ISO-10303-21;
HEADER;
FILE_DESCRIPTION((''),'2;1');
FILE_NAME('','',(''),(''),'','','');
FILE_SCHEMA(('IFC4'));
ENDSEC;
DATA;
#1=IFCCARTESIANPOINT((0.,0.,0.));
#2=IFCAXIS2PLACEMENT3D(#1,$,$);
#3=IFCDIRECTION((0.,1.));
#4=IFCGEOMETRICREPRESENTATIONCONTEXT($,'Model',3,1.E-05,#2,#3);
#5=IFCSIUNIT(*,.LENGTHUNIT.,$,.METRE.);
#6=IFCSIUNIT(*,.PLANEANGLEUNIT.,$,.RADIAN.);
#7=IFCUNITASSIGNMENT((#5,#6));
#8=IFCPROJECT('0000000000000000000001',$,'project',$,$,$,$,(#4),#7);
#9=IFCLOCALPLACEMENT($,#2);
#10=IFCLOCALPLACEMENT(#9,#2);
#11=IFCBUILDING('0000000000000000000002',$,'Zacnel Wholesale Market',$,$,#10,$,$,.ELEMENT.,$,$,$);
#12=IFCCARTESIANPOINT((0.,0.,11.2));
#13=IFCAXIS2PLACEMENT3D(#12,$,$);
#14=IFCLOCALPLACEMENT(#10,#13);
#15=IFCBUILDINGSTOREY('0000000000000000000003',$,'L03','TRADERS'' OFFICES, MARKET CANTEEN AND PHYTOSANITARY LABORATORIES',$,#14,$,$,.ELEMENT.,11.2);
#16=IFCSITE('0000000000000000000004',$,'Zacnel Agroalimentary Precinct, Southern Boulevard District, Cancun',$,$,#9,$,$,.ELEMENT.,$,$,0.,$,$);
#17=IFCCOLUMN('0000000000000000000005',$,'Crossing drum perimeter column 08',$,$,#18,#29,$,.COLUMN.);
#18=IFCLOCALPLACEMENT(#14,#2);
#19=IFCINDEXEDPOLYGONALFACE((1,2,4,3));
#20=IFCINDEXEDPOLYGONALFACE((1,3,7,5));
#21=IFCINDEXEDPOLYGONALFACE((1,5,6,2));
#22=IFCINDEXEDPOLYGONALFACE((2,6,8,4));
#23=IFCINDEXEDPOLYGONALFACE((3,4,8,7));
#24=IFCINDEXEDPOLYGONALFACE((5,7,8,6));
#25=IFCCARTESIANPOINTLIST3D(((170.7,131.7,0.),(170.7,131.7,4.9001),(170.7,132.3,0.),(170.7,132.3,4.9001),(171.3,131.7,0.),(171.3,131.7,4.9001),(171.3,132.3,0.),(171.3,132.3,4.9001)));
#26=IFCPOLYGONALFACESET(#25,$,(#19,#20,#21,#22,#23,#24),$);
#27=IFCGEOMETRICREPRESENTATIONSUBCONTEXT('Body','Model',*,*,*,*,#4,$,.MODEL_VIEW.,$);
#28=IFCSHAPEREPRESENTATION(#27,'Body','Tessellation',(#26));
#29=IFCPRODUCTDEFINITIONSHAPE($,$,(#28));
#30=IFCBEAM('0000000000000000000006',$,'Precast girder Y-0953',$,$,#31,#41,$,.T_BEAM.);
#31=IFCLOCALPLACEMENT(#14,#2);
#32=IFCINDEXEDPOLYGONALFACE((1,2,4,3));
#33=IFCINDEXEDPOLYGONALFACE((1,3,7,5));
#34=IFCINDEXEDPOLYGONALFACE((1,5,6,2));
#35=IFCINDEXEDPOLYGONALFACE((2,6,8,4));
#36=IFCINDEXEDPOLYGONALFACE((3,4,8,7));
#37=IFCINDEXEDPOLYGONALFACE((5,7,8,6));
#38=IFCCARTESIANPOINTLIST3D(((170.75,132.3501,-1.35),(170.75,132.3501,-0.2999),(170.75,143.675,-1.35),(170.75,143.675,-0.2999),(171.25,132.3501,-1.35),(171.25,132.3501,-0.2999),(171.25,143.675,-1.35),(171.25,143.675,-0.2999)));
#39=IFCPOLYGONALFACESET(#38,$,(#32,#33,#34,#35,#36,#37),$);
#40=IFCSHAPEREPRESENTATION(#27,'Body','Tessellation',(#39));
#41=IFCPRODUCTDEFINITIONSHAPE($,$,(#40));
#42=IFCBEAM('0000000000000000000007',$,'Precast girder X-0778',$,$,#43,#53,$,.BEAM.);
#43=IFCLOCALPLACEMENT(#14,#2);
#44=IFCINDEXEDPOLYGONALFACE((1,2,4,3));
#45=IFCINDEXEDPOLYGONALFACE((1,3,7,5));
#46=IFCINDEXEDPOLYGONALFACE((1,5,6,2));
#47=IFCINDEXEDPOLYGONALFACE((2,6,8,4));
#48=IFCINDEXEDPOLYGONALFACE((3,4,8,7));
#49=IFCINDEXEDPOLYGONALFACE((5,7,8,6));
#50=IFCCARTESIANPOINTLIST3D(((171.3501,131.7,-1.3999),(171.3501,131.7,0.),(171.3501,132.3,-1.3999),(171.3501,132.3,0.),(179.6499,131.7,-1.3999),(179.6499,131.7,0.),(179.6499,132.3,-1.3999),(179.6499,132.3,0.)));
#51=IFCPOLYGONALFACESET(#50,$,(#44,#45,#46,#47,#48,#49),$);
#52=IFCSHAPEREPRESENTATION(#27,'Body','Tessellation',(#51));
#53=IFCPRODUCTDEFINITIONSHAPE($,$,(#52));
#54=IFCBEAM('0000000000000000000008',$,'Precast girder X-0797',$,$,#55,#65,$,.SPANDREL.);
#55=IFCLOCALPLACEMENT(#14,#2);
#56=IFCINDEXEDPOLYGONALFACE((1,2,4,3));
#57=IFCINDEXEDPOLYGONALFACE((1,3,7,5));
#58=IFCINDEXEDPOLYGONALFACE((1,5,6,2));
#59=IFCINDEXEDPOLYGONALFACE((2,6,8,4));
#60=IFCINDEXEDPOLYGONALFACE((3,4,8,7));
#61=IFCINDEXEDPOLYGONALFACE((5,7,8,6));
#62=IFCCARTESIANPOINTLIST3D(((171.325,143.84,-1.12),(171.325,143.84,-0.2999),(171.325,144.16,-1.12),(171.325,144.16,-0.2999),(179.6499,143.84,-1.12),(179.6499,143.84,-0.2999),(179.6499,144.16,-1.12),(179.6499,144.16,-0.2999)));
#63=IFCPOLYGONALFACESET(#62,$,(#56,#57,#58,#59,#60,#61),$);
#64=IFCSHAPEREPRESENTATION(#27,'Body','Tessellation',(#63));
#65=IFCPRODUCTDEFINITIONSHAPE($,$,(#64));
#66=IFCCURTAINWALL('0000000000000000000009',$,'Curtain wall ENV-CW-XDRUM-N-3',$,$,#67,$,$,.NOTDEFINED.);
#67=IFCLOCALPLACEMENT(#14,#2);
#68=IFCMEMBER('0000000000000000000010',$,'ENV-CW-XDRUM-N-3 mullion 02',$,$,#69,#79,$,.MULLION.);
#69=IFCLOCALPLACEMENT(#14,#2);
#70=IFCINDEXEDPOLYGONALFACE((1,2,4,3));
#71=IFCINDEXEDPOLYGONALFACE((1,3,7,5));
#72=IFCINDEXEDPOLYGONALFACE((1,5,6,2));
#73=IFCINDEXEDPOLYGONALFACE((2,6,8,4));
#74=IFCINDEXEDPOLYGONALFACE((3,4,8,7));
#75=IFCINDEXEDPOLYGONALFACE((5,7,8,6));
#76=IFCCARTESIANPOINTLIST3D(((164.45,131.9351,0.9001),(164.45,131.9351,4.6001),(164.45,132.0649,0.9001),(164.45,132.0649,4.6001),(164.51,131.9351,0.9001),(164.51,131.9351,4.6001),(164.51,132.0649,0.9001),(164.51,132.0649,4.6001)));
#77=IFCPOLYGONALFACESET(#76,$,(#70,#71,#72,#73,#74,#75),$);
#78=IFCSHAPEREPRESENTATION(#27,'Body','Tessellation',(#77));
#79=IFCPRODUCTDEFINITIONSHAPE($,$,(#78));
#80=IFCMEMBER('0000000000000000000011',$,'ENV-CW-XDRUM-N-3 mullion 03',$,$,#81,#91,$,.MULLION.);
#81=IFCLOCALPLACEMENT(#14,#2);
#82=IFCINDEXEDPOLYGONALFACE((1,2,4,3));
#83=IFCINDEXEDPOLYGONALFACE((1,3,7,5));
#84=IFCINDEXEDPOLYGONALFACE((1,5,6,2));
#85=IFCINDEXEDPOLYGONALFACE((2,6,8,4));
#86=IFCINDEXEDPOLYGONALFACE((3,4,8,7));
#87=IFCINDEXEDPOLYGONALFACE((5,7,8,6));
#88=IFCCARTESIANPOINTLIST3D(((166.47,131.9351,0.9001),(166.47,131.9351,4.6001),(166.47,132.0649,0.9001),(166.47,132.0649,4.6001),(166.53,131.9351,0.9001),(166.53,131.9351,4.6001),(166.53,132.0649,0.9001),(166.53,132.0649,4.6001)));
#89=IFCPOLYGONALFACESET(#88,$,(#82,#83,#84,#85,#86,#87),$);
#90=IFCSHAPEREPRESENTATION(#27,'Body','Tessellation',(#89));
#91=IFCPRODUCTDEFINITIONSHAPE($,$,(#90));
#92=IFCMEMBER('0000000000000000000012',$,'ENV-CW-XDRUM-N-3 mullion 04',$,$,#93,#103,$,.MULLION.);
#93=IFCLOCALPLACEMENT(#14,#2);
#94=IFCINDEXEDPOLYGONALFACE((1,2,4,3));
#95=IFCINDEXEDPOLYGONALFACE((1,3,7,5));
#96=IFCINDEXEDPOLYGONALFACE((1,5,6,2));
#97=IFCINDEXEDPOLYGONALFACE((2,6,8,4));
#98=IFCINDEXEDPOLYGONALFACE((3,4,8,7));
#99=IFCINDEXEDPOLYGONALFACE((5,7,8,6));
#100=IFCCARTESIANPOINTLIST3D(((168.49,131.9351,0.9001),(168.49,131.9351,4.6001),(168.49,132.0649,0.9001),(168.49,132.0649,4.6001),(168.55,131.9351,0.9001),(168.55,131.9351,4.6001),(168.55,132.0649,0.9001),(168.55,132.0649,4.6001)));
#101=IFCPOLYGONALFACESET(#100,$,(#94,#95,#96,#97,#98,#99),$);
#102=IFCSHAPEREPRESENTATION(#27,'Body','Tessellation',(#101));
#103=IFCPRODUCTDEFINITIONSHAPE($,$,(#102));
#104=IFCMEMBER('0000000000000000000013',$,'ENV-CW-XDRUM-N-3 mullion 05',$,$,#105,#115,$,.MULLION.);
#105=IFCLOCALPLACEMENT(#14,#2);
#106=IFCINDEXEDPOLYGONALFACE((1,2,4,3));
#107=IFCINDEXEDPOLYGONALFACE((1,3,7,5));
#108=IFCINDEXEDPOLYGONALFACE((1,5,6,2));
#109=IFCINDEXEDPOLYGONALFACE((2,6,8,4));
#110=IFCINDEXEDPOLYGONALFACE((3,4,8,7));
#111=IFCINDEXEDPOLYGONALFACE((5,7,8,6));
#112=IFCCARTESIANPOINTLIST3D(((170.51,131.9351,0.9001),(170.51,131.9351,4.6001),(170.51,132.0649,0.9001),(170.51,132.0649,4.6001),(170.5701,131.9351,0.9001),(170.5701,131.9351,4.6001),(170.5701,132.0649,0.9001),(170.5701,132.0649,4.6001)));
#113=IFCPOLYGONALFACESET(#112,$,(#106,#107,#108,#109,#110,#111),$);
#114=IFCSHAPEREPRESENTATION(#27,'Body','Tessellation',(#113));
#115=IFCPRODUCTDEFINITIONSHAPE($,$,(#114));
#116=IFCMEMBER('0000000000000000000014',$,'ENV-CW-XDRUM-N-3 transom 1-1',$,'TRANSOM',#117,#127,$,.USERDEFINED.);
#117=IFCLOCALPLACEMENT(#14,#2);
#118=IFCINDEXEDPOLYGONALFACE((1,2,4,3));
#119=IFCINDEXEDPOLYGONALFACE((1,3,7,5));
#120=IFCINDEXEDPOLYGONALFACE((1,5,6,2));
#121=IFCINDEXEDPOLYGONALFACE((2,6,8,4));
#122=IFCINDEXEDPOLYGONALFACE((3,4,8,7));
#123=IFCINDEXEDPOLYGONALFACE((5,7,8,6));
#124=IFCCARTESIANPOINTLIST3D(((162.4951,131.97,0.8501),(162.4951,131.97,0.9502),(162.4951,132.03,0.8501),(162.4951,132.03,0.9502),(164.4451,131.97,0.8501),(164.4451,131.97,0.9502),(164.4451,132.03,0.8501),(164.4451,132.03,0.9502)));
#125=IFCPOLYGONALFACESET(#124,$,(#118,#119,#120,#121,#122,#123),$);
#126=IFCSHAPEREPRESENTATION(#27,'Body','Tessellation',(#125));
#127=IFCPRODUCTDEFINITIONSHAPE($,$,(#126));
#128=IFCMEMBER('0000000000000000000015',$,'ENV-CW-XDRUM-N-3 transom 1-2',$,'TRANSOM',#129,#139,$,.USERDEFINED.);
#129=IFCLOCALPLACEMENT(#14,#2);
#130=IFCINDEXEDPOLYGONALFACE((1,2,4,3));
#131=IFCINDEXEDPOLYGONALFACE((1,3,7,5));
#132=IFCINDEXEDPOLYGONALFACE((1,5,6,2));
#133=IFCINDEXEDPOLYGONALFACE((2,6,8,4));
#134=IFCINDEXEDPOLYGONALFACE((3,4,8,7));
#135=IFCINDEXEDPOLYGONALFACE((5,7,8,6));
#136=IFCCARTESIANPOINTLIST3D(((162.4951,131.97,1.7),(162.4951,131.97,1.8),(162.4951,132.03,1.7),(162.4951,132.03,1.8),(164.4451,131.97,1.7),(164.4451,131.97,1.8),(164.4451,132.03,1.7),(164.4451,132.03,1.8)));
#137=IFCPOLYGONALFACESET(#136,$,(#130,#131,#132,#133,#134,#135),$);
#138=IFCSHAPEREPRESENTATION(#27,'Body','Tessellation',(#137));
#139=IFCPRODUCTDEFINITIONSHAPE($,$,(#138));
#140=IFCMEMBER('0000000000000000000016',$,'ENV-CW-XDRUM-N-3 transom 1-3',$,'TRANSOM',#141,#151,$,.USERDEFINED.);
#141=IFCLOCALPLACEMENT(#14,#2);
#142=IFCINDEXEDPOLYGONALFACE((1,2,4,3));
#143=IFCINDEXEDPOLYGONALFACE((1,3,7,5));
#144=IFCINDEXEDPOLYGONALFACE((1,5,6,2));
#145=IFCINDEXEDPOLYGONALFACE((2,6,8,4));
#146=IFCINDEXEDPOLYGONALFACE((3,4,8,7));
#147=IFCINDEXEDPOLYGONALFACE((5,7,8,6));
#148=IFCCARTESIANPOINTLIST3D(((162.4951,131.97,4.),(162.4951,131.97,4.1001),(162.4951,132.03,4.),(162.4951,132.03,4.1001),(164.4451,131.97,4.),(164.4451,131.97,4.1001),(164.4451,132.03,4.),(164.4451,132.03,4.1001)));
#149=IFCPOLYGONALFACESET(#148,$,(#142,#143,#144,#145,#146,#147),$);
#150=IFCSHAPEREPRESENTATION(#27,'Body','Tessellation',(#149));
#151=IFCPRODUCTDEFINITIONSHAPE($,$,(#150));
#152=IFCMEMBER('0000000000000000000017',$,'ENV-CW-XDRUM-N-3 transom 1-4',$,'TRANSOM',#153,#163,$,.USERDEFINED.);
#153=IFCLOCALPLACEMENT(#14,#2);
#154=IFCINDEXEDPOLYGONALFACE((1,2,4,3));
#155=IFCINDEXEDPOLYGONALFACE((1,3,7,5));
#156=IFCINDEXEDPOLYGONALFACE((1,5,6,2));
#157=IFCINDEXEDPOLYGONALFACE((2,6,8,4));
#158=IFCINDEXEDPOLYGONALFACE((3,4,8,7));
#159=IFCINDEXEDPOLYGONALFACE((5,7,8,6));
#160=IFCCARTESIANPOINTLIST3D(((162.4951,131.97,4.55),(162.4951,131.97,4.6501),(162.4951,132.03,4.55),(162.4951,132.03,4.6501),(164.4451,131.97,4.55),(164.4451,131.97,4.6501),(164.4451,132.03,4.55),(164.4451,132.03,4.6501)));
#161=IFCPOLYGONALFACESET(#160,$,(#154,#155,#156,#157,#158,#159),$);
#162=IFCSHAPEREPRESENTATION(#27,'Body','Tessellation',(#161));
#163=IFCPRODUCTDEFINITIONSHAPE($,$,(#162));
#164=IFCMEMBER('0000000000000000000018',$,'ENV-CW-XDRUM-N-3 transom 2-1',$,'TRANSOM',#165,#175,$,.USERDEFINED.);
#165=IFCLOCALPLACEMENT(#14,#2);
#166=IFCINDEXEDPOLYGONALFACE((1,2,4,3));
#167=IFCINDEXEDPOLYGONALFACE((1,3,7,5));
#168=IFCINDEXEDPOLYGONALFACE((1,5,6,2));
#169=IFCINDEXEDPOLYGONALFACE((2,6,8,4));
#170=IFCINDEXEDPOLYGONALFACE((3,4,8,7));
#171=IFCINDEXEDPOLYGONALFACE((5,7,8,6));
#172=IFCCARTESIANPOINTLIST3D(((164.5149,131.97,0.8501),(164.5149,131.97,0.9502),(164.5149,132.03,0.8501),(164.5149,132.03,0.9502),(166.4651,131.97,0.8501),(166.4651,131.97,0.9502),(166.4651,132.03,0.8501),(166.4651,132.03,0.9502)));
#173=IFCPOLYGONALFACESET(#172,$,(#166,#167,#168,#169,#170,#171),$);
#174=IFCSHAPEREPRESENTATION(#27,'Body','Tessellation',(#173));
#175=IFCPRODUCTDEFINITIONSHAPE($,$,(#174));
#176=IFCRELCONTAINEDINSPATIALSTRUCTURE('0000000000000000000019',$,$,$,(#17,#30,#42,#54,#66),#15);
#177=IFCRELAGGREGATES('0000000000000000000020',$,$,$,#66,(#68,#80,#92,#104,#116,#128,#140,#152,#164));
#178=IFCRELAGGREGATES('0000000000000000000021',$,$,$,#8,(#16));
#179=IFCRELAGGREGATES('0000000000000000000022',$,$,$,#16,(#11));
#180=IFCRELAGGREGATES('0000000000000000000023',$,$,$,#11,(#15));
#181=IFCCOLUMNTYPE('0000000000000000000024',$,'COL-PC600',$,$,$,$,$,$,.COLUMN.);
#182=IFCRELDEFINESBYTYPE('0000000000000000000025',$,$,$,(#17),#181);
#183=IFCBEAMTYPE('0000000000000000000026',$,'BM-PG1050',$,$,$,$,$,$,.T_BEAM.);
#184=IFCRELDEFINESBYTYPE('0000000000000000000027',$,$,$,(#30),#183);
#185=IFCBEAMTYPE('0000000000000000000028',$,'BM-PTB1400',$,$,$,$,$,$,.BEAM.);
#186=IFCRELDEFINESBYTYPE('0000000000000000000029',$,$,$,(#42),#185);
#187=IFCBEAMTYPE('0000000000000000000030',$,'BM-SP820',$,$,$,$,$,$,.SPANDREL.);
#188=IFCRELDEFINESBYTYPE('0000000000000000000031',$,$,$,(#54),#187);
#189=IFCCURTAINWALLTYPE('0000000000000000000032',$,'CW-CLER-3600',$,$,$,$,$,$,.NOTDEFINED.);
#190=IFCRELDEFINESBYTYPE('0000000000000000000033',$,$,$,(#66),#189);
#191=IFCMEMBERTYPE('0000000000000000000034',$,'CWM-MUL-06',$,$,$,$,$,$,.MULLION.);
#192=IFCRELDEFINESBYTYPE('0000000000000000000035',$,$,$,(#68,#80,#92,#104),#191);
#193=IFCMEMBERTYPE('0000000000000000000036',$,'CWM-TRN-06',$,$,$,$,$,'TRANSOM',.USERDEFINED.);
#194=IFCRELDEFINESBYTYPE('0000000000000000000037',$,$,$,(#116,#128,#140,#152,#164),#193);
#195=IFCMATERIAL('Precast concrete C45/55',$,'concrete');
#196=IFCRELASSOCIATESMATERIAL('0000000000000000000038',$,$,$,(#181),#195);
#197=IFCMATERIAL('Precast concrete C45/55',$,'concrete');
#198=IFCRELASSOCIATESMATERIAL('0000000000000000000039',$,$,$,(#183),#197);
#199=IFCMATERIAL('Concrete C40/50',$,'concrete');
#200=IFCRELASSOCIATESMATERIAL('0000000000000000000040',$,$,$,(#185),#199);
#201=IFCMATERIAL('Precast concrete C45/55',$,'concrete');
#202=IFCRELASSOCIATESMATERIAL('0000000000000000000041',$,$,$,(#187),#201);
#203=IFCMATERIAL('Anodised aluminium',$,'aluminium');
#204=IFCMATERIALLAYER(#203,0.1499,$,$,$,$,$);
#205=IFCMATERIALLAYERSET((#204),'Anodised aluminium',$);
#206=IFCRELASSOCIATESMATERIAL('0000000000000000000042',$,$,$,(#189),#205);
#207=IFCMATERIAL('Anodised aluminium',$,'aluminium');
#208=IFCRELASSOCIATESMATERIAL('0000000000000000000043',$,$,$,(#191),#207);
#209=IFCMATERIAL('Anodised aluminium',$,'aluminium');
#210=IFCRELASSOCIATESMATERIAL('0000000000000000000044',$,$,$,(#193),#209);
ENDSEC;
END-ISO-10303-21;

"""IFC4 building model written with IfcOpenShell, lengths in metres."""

from ifc_helpers import new_model, si_unit, direction, frame, origin, origin_2d, place, context, subcontext, project, spatial, rectangle, extrude, material, layer, layer_set, material_profile, profile_set, type_object, element, aggregate, save


model = new_model("IFC4")

# Units and contexts
model_context = context("Model", 3, precision=1e-05, world=origin(), true_north=direction((0.0, 1.0)))
body_context = subcontext(model_context, "Body", "Model", "MODEL_VIEW")
ifc_project = project(units=[si_unit("LENGTHUNIT", "METRE"), si_unit("PLANEANGLEUNIT", "RADIAN")], contexts=[model_context])

# Site, building, storey
site_placement = place(None, origin())
site = spatial("IfcSite", under=ifc_project, at=site_placement, Name="Zacnel Agroalimentary Precinct, Southern Boulevard District, Cancun", CompositionType="ELEMENT", RefElevation=0.0)
building_placement = place(site_placement, origin())
building = spatial("IfcBuilding", under=site, at=building_placement, Name="Zacnel Wholesale Market", CompositionType="ELEMENT")
storey_placement = place(building_placement, frame((0.0, 0.0, 11.2)))
storey = spatial("IfcBuildingStorey", under=building, at=storey_placement, Name="L03", Description="TRADERS' OFFICES, MARKET CANTEEN AND PHYTOSANITARY LABORATORIES", CompositionType="ELEMENT", Elevation=11.2)

# Column
ifc_material_1 = material(Name="Precast concrete C45/55", Category="concrete")
ifc_material_profile_1 = material_profile(ifc_material_1, rectangle(XDim=0.6001, YDim=0.6001, at=origin_2d()), Name="PC 600x600")
ifc_profile_set_1 = profile_set([ifc_material_profile_1], Name="Precast concrete C45/55")
column_type = type_object("IfcColumnType", Name="COL-PC600", PredefinedType="COLUMN", material=ifc_profile_set_1)
column_placement = place(storey_placement, frame((171.0, 132.0, 0.0), z_axis=(0.0, 0.0, 1.0), x_axis=(1.0, 0.0, 0.0)))
element("IfcColumn", 1, at=column_placement, inside=storey, type_object=column_type, Name="Crossing drum perimeter column 08", PredefinedType="COLUMN", context=body_context, shape_type="SweptSolid", body=[
    extrude(rectangle(XDim=0.6001, YDim=0.6001, at=origin_2d()), origin(), (0.0, 0.0, 1.0), 4.9001),
])

# Beams
ifc_material_2 = material(Name="Precast concrete C45/55", Category="concrete")
ifc_material_profile_2 = material_profile(ifc_material_2, rectangle(XDim=0.5, YDim=1.05, at=origin_2d()), Name="PG 500x1050")
ifc_profile_set_2 = profile_set([ifc_material_profile_2], Name="Precast concrete C45/55")
beam_type_1 = type_object("IfcBeamType", Name="BM-PG1050", PredefinedType="T_BEAM", material=ifc_profile_set_2)
beam_1_placement = place(storey_placement, frame((171.0, 132.3501, -0.825), z_axis=(0.0, 1.0, 0.0), x_axis=(-1.0, 0.0, 0.0)))
element("IfcBeam", 2, at=beam_1_placement, inside=storey, type_object=beam_type_1, Name="Precast girder Y-0953", PredefinedType="T_BEAM", context=body_context, shape_type="SweptSolid", body=[
    extrude(rectangle(XDim=0.5, YDim=1.05, at=origin_2d()), origin(), (0.0, 0.0, 1.0), 11.325),
])
ifc_material_3 = material(Name="Concrete C40/50", Category="concrete")
ifc_material_profile_3 = material_profile(ifc_material_3, rectangle(XDim=0.6001, YDim=1.3999, at=origin_2d()), Name="PTB 600x1400")
ifc_profile_set_3 = profile_set([ifc_material_profile_3], Name="Concrete C40/50")
beam_type_2 = type_object("IfcBeamType", Name="BM-PTB1400", PredefinedType="BEAM", material=ifc_profile_set_3)
beam_2_placement = place(storey_placement, frame((171.3501, 132.0, -0.7), z_axis=(1.0, 0.0, 0.0), x_axis=(0.0, 1.0, 0.0)))
element("IfcBeam", 3, at=beam_2_placement, inside=storey, type_object=beam_type_2, Name="Precast girder X-0778", PredefinedType="BEAM", context=body_context, shape_type="SweptSolid", body=[
    extrude(rectangle(XDim=0.6001, YDim=1.3999, at=origin_2d()), origin(), (0.0, 0.0, 1.0), 8.2998),
])
ifc_material_4 = material(Name="Precast concrete C45/55", Category="concrete")
ifc_material_profile_4 = material_profile(ifc_material_4, rectangle(XDim=0.3201, YDim=0.8201, at=origin_2d()), Name="SP 320x820")
ifc_profile_set_4 = profile_set([ifc_material_profile_4], Name="Precast concrete C45/55")
beam_type_3 = type_object("IfcBeamType", Name="BM-SP820", PredefinedType="SPANDREL", material=ifc_profile_set_4)
beam_3_placement = place(storey_placement, frame((171.325, 144.0, -0.71), z_axis=(1.0, 0.0, 0.0), x_axis=(0.0, 1.0, 0.0)))
element("IfcBeam", 4, at=beam_3_placement, inside=storey, type_object=beam_type_3, Name="Precast girder X-0797", PredefinedType="SPANDREL", context=body_context, shape_type="SweptSolid", body=[
    extrude(rectangle(XDim=0.3201, YDim=0.8201, at=origin_2d()), origin(), (0.0, 0.0, 1.0), 8.325),
])

# Curtain wall, members
ifc_material_5 = material(Name="Anodised aluminium", Category="aluminium")
ifc_layer_1 = layer(ifc_material_5, 0.1499)
ifc_layer_set_1 = layer_set([ifc_layer_1], Name="Anodised aluminium")
curtain_wall_type = type_object("IfcCurtainWallType", Name="CW-CLER-3600", PredefinedType="NOTDEFINED", material=ifc_layer_set_1)
curtain_wall_placement = place(storey_placement, origin())
curtain_wall = element("IfcCurtainWall", 5, at=curtain_wall_placement, inside=storey, type_object=curtain_wall_type, Name="Curtain wall ENV-CW-XDRUM-N-3", PredefinedType="NOTDEFINED")
ifc_material_6 = material(Name="Anodised aluminium", Category="aluminium")
ifc_material_profile_5 = material_profile(ifc_material_6, rectangle(XDim=0.0601, YDim=0.1299, at=origin_2d()), Name="AW-MULLION 60x130")
ifc_profile_set_5 = profile_set([ifc_material_profile_5], Name="Anodised aluminium")
member_type_1 = type_object("IfcMemberType", Name="CWM-MUL-06", PredefinedType="MULLION", material=ifc_profile_set_5)
member_1_placement = place(storey_placement, frame((164.48, 132.0, 0.9001), z_axis=(0.0, 0.0, 1.0), x_axis=(1.0, 0.0, 0.0)))
member_1 = element("IfcMember", 6, at=member_1_placement, type_object=member_type_1, Name="ENV-CW-XDRUM-N-3 mullion 02", PredefinedType="MULLION", context=body_context, shape_type="SweptSolid", body=[
    extrude(rectangle(XDim=0.0601, YDim=0.1299, at=origin_2d()), origin(), (0.0, 0.0, 1.0), 3.7),
])
member_2_placement = place(storey_placement, frame((166.5, 132.0, 0.9001), z_axis=(0.0, 0.0, 1.0), x_axis=(1.0, 0.0, 0.0)))
member_2 = element("IfcMember", 7, at=member_2_placement, type_object=member_type_1, Name="ENV-CW-XDRUM-N-3 mullion 03", PredefinedType="MULLION", context=body_context, shape_type="SweptSolid", body=[
    extrude(rectangle(XDim=0.0601, YDim=0.1299, at=origin_2d()), origin(), (0.0, 0.0, 1.0), 3.7),
])
member_3_placement = place(storey_placement, frame((168.52, 132.0, 0.9001), z_axis=(0.0, 0.0, 1.0), x_axis=(1.0, 0.0, 0.0)))
member_3 = element("IfcMember", 8, at=member_3_placement, type_object=member_type_1, Name="ENV-CW-XDRUM-N-3 mullion 04", PredefinedType="MULLION", context=body_context, shape_type="SweptSolid", body=[
    extrude(rectangle(XDim=0.0601, YDim=0.1299, at=origin_2d()), origin(), (0.0, 0.0, 1.0), 3.7),
])
member_4_placement = place(storey_placement, frame((170.54, 132.0, 0.9001), z_axis=(0.0, 0.0, 1.0), x_axis=(1.0, 0.0, 0.0)))
member_4 = element("IfcMember", 9, at=member_4_placement, type_object=member_type_1, Name="ENV-CW-XDRUM-N-3 mullion 05", PredefinedType="MULLION", context=body_context, shape_type="SweptSolid", body=[
    extrude(rectangle(XDim=0.0601, YDim=0.1299, at=origin_2d()), origin(), (0.0, 0.0, 1.0), 3.7),
])
ifc_material_7 = material(Name="Anodised aluminium", Category="aluminium")
ifc_material_profile_6 = material_profile(ifc_material_7, rectangle(XDim=0.0601, YDim=0.1001, at=origin_2d()), Name="AW-TRANSOM 60x100")
ifc_profile_set_6 = profile_set([ifc_material_profile_6], Name="Anodised aluminium")
member_type_2 = type_object("IfcMemberType", Name="CWM-TRN-06", ElementType="TRANSOM", PredefinedType="USERDEFINED", material=ifc_profile_set_6)
member_5_placement = place(storey_placement, frame((162.4951, 132.0, 0.9001), z_axis=(1.0, 0.0, 0.0), x_axis=(0.0, 1.0, 0.0)))
member_5 = element("IfcMember", 10, at=member_5_placement, type_object=member_type_2, Name="ENV-CW-XDRUM-N-3 transom 1-1", ObjectType="TRANSOM", PredefinedType="USERDEFINED", context=body_context, shape_type="SweptSolid", body=[
    extrude(rectangle(XDim=0.0601, YDim=0.1001, at=origin_2d()), origin(), (0.0, 0.0, 1.0), 1.95),
])
member_6_placement = place(storey_placement, frame((162.4951, 132.0, 1.75), z_axis=(1.0, 0.0, 0.0), x_axis=(0.0, 1.0, 0.0)))
member_6 = element("IfcMember", 11, at=member_6_placement, type_object=member_type_2, Name="ENV-CW-XDRUM-N-3 transom 1-2", ObjectType="TRANSOM", PredefinedType="USERDEFINED", context=body_context, shape_type="SweptSolid", body=[
    extrude(rectangle(XDim=0.0601, YDim=0.1001, at=origin_2d()), origin(), (0.0, 0.0, 1.0), 1.95),
])
member_7_placement = place(storey_placement, frame((162.4951, 132.0, 4.05), z_axis=(1.0, 0.0, 0.0), x_axis=(0.0, 1.0, 0.0)))
member_7 = element("IfcMember", 12, at=member_7_placement, type_object=member_type_2, Name="ENV-CW-XDRUM-N-3 transom 1-3", ObjectType="TRANSOM", PredefinedType="USERDEFINED", context=body_context, shape_type="SweptSolid", body=[
    extrude(rectangle(XDim=0.0601, YDim=0.1001, at=origin_2d()), origin(), (0.0, 0.0, 1.0), 1.95),
])
member_8_placement = place(storey_placement, frame((162.4951, 132.0, 4.6001), z_axis=(1.0, 0.0, 0.0), x_axis=(0.0, 1.0, 0.0)))
member_8 = element("IfcMember", 13, at=member_8_placement, type_object=member_type_2, Name="ENV-CW-XDRUM-N-3 transom 1-4", ObjectType="TRANSOM", PredefinedType="USERDEFINED", context=body_context, shape_type="SweptSolid", body=[
    extrude(rectangle(XDim=0.0601, YDim=0.1001, at=origin_2d()), origin(), (0.0, 0.0, 1.0), 1.95),
])
member_9_placement = place(storey_placement, frame((164.5149, 132.0, 0.9001), z_axis=(1.0, 0.0, 0.0), x_axis=(0.0, 1.0, 0.0)))
member_9 = element("IfcMember", 14, at=member_9_placement, type_object=member_type_2, Name="ENV-CW-XDRUM-N-3 transom 2-1", ObjectType="TRANSOM", PredefinedType="USERDEFINED", context=body_context, shape_type="SweptSolid", body=[
    extrude(rectangle(XDim=0.0601, YDim=0.1001, at=origin_2d()), origin(), (0.0, 0.0, 1.0), 1.9502),
])
aggregate(curtain_wall, [member_1, member_2, member_3, member_4, member_5, member_6, member_7, member_8, member_9])

save(model, "model.ifc")
